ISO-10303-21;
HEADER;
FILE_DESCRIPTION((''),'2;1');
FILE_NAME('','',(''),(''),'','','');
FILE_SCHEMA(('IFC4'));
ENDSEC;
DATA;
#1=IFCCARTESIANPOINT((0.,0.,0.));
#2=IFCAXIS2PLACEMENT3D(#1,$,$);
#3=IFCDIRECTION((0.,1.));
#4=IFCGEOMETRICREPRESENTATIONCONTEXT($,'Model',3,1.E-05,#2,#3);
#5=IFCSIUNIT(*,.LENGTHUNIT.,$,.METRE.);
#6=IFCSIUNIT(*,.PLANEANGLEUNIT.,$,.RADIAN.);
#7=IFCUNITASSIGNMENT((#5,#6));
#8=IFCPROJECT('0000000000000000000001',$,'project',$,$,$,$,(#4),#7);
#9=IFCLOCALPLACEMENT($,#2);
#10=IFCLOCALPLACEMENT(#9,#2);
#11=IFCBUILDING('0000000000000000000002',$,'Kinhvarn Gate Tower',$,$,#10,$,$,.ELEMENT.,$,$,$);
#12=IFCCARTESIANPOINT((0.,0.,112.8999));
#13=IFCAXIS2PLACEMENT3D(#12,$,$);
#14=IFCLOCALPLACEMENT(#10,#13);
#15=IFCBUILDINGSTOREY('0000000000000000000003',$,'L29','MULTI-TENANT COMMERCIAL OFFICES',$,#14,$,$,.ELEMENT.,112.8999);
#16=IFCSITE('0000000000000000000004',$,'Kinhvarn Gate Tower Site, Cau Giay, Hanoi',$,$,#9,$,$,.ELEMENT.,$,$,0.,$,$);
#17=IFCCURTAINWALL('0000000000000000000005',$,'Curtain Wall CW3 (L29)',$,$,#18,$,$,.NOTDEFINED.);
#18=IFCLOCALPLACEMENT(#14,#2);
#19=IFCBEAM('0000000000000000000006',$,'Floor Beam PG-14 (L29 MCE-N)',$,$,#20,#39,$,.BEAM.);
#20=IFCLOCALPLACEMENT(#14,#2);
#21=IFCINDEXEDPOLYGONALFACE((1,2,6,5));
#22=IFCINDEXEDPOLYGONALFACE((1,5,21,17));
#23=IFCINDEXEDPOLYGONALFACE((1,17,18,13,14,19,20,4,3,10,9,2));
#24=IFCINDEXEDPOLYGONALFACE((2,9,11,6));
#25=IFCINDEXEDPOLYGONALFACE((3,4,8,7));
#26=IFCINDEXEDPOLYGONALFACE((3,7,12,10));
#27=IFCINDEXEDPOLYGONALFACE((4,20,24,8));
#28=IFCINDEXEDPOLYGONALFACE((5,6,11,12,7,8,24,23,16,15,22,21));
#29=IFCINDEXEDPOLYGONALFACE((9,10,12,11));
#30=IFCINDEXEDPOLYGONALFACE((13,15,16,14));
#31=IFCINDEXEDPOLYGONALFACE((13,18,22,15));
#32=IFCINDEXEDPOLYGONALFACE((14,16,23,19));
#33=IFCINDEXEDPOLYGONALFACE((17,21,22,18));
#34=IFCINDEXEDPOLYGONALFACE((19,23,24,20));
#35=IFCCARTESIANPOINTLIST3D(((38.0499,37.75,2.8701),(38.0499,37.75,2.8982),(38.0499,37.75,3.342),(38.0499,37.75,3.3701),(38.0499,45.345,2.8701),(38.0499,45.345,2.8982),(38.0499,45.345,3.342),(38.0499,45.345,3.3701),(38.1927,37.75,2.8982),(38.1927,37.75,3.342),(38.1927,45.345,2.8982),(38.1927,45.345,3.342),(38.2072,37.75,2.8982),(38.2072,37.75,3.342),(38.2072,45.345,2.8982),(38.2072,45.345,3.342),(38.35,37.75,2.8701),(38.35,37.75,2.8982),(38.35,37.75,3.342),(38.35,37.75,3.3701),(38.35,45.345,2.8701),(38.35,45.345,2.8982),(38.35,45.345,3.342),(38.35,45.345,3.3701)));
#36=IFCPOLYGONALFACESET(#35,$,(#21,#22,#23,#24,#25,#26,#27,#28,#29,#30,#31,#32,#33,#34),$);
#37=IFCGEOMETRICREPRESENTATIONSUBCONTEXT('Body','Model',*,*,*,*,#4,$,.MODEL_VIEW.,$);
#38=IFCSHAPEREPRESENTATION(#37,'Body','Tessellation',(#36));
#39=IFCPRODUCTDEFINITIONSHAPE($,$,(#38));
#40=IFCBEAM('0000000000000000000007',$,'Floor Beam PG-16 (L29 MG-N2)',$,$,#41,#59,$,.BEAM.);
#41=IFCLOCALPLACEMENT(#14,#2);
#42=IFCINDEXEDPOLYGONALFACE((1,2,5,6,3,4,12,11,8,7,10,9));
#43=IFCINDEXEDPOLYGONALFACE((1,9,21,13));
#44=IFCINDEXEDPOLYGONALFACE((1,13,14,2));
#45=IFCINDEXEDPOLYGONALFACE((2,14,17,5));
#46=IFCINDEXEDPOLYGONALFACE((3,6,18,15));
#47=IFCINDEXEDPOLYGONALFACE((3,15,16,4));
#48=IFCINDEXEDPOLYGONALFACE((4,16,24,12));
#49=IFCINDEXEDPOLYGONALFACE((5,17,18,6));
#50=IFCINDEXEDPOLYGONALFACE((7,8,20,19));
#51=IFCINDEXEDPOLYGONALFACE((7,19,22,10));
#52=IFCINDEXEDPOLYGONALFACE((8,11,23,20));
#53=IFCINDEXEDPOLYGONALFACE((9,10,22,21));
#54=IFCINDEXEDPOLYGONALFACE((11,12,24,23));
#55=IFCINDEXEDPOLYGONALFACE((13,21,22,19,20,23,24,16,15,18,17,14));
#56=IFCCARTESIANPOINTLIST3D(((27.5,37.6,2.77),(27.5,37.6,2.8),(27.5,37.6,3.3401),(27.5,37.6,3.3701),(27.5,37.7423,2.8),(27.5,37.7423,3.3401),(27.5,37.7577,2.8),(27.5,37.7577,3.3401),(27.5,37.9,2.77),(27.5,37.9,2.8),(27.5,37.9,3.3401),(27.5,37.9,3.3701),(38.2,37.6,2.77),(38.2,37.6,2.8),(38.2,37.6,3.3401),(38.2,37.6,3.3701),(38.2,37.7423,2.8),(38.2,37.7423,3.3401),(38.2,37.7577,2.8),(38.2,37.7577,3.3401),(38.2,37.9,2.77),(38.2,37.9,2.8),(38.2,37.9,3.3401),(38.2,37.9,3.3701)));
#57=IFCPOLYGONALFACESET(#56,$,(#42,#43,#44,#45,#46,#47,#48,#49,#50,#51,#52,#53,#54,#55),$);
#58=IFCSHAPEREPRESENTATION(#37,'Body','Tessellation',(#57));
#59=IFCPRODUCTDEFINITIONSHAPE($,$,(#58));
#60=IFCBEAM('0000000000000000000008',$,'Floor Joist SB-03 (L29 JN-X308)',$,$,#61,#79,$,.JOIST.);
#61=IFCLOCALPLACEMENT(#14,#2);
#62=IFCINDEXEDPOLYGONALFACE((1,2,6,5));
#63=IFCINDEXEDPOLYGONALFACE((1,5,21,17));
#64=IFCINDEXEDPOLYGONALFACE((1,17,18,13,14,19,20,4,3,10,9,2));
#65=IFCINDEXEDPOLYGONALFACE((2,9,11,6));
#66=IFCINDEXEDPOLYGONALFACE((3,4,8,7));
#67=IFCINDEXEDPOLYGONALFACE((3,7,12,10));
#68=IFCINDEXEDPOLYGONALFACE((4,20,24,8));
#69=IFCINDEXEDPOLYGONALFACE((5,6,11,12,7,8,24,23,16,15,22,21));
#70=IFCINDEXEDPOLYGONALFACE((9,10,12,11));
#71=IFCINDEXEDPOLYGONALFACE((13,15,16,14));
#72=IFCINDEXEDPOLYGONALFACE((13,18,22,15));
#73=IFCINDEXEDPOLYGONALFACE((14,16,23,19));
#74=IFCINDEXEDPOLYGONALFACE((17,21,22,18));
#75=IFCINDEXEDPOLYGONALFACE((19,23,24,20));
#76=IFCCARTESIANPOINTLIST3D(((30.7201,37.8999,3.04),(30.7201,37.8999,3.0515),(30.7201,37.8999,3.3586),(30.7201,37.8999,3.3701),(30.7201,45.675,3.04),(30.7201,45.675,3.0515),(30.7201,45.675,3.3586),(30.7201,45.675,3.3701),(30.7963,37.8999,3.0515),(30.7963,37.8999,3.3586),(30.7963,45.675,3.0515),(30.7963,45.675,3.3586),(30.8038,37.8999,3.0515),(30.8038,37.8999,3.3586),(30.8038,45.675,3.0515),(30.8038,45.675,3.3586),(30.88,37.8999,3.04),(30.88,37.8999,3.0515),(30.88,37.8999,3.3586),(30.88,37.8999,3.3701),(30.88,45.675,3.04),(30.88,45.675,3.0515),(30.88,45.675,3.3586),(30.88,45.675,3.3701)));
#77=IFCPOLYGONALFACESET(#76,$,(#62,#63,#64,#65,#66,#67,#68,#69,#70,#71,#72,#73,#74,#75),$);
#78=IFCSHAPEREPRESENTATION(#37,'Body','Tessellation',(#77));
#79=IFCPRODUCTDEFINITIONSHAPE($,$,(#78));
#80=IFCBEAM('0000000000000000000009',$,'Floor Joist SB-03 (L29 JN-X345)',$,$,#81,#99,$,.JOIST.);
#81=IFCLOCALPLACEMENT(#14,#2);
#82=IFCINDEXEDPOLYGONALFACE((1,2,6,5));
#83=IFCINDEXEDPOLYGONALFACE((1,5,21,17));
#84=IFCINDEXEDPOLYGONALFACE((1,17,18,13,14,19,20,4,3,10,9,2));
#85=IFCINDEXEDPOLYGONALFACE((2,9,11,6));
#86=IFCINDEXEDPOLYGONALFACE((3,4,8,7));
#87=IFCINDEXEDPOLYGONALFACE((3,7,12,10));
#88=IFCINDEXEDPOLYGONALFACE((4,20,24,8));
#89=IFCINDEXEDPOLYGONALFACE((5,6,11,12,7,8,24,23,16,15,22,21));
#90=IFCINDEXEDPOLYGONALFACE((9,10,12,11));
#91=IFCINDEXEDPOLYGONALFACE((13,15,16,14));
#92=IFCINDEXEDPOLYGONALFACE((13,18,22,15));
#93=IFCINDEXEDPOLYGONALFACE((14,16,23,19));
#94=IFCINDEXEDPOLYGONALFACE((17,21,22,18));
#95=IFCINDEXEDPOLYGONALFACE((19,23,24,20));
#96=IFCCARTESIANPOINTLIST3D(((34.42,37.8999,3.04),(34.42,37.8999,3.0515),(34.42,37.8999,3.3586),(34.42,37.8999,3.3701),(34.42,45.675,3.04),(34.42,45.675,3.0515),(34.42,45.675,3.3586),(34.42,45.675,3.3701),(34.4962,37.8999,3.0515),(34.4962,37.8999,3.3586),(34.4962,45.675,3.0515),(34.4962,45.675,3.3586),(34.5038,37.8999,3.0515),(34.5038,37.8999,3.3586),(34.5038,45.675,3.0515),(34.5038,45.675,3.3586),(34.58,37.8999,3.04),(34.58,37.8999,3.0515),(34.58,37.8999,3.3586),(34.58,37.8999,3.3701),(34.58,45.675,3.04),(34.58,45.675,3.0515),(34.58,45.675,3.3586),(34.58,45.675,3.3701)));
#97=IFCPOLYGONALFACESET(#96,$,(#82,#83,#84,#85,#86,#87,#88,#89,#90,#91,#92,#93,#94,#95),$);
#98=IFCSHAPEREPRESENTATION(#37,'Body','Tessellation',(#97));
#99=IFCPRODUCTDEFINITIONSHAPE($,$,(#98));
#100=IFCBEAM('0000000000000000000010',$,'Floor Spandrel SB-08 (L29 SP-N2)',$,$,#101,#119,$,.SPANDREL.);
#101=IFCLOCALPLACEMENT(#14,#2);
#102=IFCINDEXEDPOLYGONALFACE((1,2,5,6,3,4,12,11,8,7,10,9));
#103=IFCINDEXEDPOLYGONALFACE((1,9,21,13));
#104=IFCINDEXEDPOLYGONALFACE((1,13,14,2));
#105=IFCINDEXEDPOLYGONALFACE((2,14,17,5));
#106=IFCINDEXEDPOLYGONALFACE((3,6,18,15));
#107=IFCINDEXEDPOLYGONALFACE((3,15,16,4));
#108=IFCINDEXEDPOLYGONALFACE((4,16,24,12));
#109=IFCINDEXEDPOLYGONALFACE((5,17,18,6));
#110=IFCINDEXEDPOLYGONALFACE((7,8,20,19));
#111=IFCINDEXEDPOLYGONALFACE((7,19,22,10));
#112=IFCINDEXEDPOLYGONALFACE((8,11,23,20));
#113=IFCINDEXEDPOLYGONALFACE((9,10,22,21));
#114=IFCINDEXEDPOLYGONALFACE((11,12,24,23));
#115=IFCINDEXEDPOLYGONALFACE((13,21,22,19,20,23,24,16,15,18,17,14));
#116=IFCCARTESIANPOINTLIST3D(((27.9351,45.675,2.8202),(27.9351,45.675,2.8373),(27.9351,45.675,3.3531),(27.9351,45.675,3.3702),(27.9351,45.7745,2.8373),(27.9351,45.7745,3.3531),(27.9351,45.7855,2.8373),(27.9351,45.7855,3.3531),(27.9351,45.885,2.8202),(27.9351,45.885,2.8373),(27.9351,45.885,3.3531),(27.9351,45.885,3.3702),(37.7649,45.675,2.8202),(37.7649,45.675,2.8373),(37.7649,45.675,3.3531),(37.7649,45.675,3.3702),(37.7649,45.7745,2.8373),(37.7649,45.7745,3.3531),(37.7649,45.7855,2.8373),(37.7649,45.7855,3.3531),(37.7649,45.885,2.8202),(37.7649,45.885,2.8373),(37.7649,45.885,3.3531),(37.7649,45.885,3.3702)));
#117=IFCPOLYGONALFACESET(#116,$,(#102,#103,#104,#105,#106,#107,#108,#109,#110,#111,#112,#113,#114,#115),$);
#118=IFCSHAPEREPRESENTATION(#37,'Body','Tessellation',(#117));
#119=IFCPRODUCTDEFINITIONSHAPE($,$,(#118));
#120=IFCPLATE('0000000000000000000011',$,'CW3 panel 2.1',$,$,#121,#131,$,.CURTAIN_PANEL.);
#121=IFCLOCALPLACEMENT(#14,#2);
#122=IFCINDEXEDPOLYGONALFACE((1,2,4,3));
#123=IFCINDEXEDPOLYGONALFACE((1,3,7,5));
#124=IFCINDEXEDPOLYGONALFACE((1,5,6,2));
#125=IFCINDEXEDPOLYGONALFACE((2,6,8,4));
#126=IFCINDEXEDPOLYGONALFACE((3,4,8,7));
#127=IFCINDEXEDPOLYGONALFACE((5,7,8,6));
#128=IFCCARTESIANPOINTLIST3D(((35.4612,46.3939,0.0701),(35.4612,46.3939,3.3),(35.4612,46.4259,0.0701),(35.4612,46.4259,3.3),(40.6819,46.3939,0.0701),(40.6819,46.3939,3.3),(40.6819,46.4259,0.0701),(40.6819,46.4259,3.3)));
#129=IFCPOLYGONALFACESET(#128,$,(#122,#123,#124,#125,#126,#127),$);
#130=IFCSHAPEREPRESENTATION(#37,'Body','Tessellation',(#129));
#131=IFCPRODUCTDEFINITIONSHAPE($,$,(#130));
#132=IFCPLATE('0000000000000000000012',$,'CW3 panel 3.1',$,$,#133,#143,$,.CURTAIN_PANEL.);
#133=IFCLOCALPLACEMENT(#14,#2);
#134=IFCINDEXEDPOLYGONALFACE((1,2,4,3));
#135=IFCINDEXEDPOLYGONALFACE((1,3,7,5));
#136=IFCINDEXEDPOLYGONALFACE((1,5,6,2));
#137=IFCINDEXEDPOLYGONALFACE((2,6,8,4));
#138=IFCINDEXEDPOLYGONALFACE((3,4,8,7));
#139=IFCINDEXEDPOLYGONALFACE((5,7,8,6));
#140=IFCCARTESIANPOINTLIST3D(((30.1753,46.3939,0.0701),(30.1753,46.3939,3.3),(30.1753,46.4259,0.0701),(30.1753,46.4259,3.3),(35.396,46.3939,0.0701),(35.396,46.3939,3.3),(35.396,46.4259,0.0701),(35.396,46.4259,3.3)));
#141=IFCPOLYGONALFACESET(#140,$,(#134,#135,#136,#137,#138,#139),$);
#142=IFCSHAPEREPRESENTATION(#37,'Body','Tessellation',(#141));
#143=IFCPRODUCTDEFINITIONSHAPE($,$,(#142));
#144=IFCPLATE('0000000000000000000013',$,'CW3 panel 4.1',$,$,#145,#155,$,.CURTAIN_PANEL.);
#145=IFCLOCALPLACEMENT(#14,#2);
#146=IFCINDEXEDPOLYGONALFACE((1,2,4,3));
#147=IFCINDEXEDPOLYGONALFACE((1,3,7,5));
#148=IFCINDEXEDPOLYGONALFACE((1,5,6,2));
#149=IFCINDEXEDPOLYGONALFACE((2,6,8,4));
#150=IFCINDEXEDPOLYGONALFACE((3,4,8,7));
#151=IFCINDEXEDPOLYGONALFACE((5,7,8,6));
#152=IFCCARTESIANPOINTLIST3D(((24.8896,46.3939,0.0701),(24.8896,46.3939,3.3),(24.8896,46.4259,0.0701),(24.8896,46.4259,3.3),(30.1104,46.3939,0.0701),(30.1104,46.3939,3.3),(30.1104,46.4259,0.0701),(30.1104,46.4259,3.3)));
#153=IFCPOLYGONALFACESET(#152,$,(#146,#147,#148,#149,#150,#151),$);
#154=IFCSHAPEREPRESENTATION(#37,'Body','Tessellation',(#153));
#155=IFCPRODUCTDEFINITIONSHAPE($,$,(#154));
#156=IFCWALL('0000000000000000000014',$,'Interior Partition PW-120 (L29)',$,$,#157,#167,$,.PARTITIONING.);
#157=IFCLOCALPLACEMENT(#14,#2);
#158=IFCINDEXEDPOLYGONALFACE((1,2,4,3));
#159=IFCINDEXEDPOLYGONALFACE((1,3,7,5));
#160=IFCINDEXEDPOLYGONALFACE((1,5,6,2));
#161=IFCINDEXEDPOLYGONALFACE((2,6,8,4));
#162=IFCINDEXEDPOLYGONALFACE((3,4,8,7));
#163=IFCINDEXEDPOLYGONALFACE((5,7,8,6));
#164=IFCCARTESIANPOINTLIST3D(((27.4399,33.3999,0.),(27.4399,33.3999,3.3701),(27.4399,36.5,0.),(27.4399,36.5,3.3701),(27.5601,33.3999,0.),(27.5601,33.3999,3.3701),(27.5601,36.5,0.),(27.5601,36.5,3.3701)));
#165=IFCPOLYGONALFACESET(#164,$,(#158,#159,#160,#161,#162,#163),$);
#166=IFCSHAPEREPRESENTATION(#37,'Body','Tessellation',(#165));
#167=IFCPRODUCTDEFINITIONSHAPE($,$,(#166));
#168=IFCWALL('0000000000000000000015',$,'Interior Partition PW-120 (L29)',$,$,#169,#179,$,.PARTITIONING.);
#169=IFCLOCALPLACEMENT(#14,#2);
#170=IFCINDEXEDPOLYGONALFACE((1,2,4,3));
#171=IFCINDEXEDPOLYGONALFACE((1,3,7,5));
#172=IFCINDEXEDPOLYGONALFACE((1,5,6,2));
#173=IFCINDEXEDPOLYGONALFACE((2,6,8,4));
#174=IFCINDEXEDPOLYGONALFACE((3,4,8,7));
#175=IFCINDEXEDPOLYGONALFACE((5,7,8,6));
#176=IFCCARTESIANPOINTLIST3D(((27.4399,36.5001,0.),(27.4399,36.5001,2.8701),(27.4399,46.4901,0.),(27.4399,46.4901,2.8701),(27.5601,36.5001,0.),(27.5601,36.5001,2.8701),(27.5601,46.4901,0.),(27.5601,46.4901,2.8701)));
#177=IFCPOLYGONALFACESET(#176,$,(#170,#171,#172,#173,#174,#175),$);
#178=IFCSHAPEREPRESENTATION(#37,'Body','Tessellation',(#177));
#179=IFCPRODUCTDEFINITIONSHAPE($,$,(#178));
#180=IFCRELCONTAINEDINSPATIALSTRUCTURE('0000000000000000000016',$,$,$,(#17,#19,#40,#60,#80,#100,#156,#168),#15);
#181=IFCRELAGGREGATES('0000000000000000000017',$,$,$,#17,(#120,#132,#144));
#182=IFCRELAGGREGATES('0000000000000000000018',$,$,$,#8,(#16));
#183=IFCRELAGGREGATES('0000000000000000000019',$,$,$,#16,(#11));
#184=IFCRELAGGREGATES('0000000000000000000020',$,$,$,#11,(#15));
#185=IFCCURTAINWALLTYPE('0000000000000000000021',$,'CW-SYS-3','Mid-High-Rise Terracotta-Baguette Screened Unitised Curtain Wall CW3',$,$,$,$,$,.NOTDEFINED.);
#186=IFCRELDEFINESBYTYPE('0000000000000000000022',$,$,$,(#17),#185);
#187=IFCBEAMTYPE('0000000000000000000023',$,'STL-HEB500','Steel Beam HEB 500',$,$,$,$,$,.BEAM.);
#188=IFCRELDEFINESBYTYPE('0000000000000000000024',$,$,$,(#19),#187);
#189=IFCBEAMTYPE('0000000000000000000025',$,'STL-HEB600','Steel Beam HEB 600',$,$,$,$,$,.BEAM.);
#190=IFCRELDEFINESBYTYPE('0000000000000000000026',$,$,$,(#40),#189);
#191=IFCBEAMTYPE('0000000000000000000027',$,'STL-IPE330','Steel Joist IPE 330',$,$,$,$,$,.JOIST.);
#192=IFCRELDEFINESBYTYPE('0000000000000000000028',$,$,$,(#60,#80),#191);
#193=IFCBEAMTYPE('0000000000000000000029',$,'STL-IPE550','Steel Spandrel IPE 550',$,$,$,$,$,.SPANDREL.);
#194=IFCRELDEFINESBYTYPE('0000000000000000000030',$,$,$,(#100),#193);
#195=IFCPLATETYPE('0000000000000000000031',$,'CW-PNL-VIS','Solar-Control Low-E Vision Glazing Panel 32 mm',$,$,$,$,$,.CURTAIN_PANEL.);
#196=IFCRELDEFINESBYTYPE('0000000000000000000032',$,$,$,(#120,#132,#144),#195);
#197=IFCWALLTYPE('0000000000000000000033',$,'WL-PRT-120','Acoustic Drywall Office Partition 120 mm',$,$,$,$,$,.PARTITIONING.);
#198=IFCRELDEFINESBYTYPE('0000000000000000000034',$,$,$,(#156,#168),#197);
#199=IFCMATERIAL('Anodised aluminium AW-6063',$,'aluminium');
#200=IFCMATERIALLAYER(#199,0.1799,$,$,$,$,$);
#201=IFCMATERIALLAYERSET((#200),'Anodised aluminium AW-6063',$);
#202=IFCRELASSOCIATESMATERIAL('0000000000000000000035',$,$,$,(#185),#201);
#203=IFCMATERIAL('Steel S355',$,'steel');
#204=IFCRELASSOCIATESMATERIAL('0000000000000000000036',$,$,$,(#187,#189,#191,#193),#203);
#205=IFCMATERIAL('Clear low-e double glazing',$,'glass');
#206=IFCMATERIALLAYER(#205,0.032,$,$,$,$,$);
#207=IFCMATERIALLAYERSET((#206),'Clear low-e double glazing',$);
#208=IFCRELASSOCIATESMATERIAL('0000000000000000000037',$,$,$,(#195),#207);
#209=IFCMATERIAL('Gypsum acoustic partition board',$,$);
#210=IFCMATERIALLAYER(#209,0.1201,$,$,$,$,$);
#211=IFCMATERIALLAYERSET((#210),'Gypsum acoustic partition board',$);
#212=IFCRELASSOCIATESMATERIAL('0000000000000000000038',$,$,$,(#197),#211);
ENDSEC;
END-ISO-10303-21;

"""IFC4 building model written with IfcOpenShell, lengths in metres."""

from ifc_helpers import new_model, si_unit, direction, frame, frame_2d, origin, origin_2d, place, context, subcontext, project, spatial, rectangle, i_section, extrude, material, layer, layer_set, material_profile, profile_set, type_object, element, aggregate, save


model = new_model("IFC4")

# Units and contexts
model_context = context("Model", 3, precision=1e-05, world=origin(), true_north=direction((0.0, 1.0)))
body_context = subcontext(model_context, "Body", "Model", "MODEL_VIEW")
ifc_project = project(units=[si_unit("LENGTHUNIT", "METRE"), si_unit("PLANEANGLEUNIT", "RADIAN")], contexts=[model_context])

# Site, building, storey
site_placement = place(None, origin())
site = spatial("IfcSite", under=ifc_project, at=site_placement, Name="Kinhvarn Gate Tower Site, Cau Giay, Hanoi", CompositionType="ELEMENT", RefElevation=0.0)
building_placement = place(site_placement, origin())
building = spatial("IfcBuilding", under=site, at=building_placement, Name="Kinhvarn Gate Tower", CompositionType="ELEMENT")
storey_placement = place(building_placement, frame((0.0, 0.0, 112.8999)))
storey = spatial("IfcBuildingStorey", under=building, at=storey_placement, Name="L29", Description="MULTI-TENANT COMMERCIAL OFFICES", CompositionType="ELEMENT", Elevation=112.8999)

# Curtain wall
ifc_material_1 = material(Name="Anodised aluminium AW-6063", Category="aluminium")
ifc_layer_1 = layer(ifc_material_1, 0.1799)
ifc_layer_set_1 = layer_set([ifc_layer_1], Name="Anodised aluminium AW-6063")
curtain_wall_type = type_object("IfcCurtainWallType", Name="CW-SYS-3", Description="Mid-High-Rise Terracotta-Baguette Screened Unitised Curtain Wall CW3", PredefinedType="NOTDEFINED", material=ifc_layer_set_1)
curtain_wall_placement = place(storey_placement, origin())
curtain_wall = element("IfcCurtainWall", 1, at=curtain_wall_placement, inside=storey, type_object=curtain_wall_type, Name="Curtain Wall CW3 (L29)", PredefinedType="NOTDEFINED")

# Beams
ifc_material_2 = material(Name="Steel S355", Category="steel")
ifc_material_profile_1 = material_profile(ifc_material_2, i_section(OverallWidth=0.3, OverallDepth=0.5, WebThickness=0.0144, FlangeThickness=0.0281, at=origin_2d()), Name="HEB 500")
ifc_profile_set_1 = profile_set([ifc_material_profile_1], Name="Steel S355")
beam_type_1 = type_object("IfcBeamType", Name="STL-HEB500", Description="Steel Beam HEB 500", PredefinedType="BEAM", material=ifc_profile_set_1)
for number, where, z_axis, x_axis, name in (
    (2, (38.2, 37.75, 3.1201), (0.0, 1.0, 0.0), (-1.0, 0.0, 0.0), "Floor Beam PG-14 (L29 MCE-N)"),
):
    element("IfcBeam", number, at=place(storey_placement, frame(where, z_axis=z_axis, x_axis=x_axis)), inside=storey, type_object=beam_type_1, Name=name, PredefinedType="BEAM", context=body_context, shape_type="SweptSolid", body=[
        extrude(i_section(OverallWidth=0.3, OverallDepth=0.5, WebThickness=0.0144, FlangeThickness=0.0281, at=origin_2d()), origin(), (0.0, 0.0, 1.0), 7.595),
    ])
ifc_material_profile_2 = material_profile(ifc_material_2, i_section(OverallWidth=0.3, OverallDepth=0.6001, WebThickness=0.0154, FlangeThickness=0.03, at=origin_2d()), Name="HEB 600")
ifc_profile_set_2 = profile_set([ifc_material_profile_2], Name="Steel S355")
beam_type_2 = type_object("IfcBeamType", Name="STL-HEB600", Description="Steel Beam HEB 600", PredefinedType="BEAM", material=ifc_profile_set_2)
beam_1_placement = place(storey_placement, frame((27.5, 37.75, 3.0701), z_axis=(1.0, 0.0, 0.0), x_axis=(0.0, 1.0, 0.0)))
element("IfcBeam", 3, at=beam_1_placement, inside=storey, type_object=beam_type_2, Name="Floor Beam PG-16 (L29 MG-N2)", PredefinedType="BEAM", context=body_context, shape_type="SweptSolid", body=[
    extrude(i_section(OverallWidth=0.3, OverallDepth=0.6001, WebThickness=0.0154, FlangeThickness=0.03, at=origin_2d()), origin(), (0.0, 0.0, 1.0), 10.7),
])
ifc_material_profile_3 = material_profile(ifc_material_2, i_section(OverallWidth=0.1599, OverallDepth=0.3301, WebThickness=0.0076, FlangeThickness=0.0115, at=origin_2d()), Name="IPE 330")
ifc_profile_set_3 = profile_set([ifc_material_profile_3], Name="Steel S355")
beam_type_3 = type_object("IfcBeamType", Name="STL-IPE330", Description="Steel Joist IPE 330", PredefinedType="JOIST", material=ifc_profile_set_3)
for number, where, z_axis, x_axis, name in (
    (4, (30.8, 37.8999, 3.2051), (0.0, 1.0, 0.0), (-1.0, 0.0, 0.0), "Floor Joist SB-03 (L29 JN-X308)"),
    (5, (34.5, 37.8999, 3.2051), (0.0, 1.0, 0.0), (-1.0, 0.0, 0.0), "Floor Joist SB-03 (L29 JN-X345)"),
):
    element("IfcBeam", number, at=place(storey_placement, frame(where, z_axis=z_axis, x_axis=x_axis)), inside=storey, type_object=beam_type_3, Name=name, PredefinedType="JOIST", context=body_context, shape_type="SweptSolid", body=[
        extrude(i_section(OverallWidth=0.1599, OverallDepth=0.3301, WebThickness=0.0076, FlangeThickness=0.0115, at=origin_2d()), origin(), (0.0, 0.0, 1.0), 7.7751),
    ])
ifc_material_profile_4 = material_profile(ifc_material_2, i_section(OverallWidth=0.21, OverallDepth=0.55, WebThickness=0.011, FlangeThickness=0.0171, at=origin_2d()), Name="IPE 550")
ifc_profile_set_4 = profile_set([ifc_material_profile_4], Name="Steel S355")
beam_type_4 = type_object("IfcBeamType", Name="STL-IPE550", Description="Steel Spandrel IPE 550", PredefinedType="SPANDREL", material=ifc_profile_set_4)
beam_2_placement = place(storey_placement, frame((27.9351, 45.78, 3.0952), z_axis=(1.0, 0.0, 0.0), x_axis=(0.0, 1.0, 0.0)))
element("IfcBeam", 6, at=beam_2_placement, inside=storey, type_object=beam_type_4, Name="Floor Spandrel SB-08 (L29 SP-N2)", PredefinedType="SPANDREL", context=body_context, shape_type="SweptSolid", body=[
    extrude(i_section(OverallWidth=0.21, OverallDepth=0.55, WebThickness=0.011, FlangeThickness=0.0171, at=origin_2d()), origin(), (0.0, 0.0, 1.0), 9.8298),
])

# Plates
ifc_material_3 = material(Name="Clear low-e double glazing", Category="glass")
ifc_layer_2 = layer(ifc_material_3, 0.032)
ifc_layer_set_2 = layer_set([ifc_layer_2], Name="Clear low-e double glazing")
plate_type = type_object("IfcPlateType", Name="CW-PNL-VIS", Description="Solar-Control Low-E Vision Glazing Panel 32 mm", PredefinedType="CURTAIN_PANEL", material=ifc_layer_set_2)
plate_1_placement = place(storey_placement, frame((38.0715, 46.4099, 0.0701), z_axis=(0.0, 0.0, 1.0), x_axis=(-1.0, 0.0, 0.0)))
plate_1 = element("IfcPlate", 7, at=plate_1_placement, type_object=plate_type, Name="CW3 panel 2.1", PredefinedType="CURTAIN_PANEL", context=body_context, shape_type="SweptSolid", body=[
    extrude(rectangle(XDim=5.2207, YDim=0.032, at=origin_2d()), origin(), (0.0, 0.0, 1.0), 3.23),
])
plate_2_placement = place(storey_placement, frame((32.7856, 46.4099, 0.0701), z_axis=(0.0, 0.0, 1.0), x_axis=(-1.0, 0.0, 0.0)))
plate_2 = element("IfcPlate", 8, at=plate_2_placement, type_object=plate_type, Name="CW3 panel 3.1", PredefinedType="CURTAIN_PANEL", context=body_context, shape_type="SweptSolid", body=[
    extrude(rectangle(XDim=5.2207, YDim=0.032, at=origin_2d()), origin(), (0.0, 0.0, 1.0), 3.23),
])
plate_3_placement = place(storey_placement, frame((27.5, 46.4099, 0.0701), z_axis=(0.0, 0.0, 1.0), x_axis=(-1.0, 0.0, 0.0)))
plate_3 = element("IfcPlate", 9, at=plate_3_placement, type_object=plate_type, Name="CW3 panel 4.1", PredefinedType="CURTAIN_PANEL", context=body_context, shape_type="SweptSolid", body=[
    extrude(rectangle(XDim=5.2207, YDim=0.032, at=origin_2d()), origin(), (0.0, 0.0, 1.0), 3.23),
])
aggregate(curtain_wall, [plate_1, plate_2, plate_3])

# Walls
ifc_material_4 = material(Name="Gypsum acoustic partition board")
ifc_layer_3 = layer(ifc_material_4, 0.1201)
ifc_layer_set_3 = layer_set([ifc_layer_3], Name="Gypsum acoustic partition board")
wall_type = type_object("IfcWallType", Name="WL-PRT-120", Description="Acoustic Drywall Office Partition 120 mm", PredefinedType="PARTITIONING", material=ifc_layer_set_3)
wall_1_placement = place(storey_placement, frame((27.5, 33.3999, 0.0), z_axis=(0.0, 0.0, 1.0), x_axis=(0.0, 1.0, 0.0)))
element("IfcWall", 10, at=wall_1_placement, inside=storey, type_object=wall_type, Name="Interior Partition PW-120 (L29)", PredefinedType="PARTITIONING", context=body_context, shape_type="SweptSolid", body=[
    extrude(rectangle(XDim=3.1001, YDim=0.1201, at=frame_2d((1.55, 0.0))), origin(), (0.0, 0.0, 1.0), 3.3701),
])
wall_2_placement = place(storey_placement, frame((27.5, 36.5, 0.0), z_axis=(0.0, 0.0, 1.0), x_axis=(0.0, 1.0, 0.0)))
element("IfcWall", 11, at=wall_2_placement, inside=storey, type_object=wall_type, Name="Interior Partition PW-120 (L29)", PredefinedType="PARTITIONING", context=body_context, shape_type="SweptSolid", body=[
    extrude(rectangle(XDim=9.99, YDim=0.1201, at=frame_2d((4.9951, 0.0))), origin(), (0.0, 0.0, 1.0), 2.8701),
])

save(model, "model.ifc")
